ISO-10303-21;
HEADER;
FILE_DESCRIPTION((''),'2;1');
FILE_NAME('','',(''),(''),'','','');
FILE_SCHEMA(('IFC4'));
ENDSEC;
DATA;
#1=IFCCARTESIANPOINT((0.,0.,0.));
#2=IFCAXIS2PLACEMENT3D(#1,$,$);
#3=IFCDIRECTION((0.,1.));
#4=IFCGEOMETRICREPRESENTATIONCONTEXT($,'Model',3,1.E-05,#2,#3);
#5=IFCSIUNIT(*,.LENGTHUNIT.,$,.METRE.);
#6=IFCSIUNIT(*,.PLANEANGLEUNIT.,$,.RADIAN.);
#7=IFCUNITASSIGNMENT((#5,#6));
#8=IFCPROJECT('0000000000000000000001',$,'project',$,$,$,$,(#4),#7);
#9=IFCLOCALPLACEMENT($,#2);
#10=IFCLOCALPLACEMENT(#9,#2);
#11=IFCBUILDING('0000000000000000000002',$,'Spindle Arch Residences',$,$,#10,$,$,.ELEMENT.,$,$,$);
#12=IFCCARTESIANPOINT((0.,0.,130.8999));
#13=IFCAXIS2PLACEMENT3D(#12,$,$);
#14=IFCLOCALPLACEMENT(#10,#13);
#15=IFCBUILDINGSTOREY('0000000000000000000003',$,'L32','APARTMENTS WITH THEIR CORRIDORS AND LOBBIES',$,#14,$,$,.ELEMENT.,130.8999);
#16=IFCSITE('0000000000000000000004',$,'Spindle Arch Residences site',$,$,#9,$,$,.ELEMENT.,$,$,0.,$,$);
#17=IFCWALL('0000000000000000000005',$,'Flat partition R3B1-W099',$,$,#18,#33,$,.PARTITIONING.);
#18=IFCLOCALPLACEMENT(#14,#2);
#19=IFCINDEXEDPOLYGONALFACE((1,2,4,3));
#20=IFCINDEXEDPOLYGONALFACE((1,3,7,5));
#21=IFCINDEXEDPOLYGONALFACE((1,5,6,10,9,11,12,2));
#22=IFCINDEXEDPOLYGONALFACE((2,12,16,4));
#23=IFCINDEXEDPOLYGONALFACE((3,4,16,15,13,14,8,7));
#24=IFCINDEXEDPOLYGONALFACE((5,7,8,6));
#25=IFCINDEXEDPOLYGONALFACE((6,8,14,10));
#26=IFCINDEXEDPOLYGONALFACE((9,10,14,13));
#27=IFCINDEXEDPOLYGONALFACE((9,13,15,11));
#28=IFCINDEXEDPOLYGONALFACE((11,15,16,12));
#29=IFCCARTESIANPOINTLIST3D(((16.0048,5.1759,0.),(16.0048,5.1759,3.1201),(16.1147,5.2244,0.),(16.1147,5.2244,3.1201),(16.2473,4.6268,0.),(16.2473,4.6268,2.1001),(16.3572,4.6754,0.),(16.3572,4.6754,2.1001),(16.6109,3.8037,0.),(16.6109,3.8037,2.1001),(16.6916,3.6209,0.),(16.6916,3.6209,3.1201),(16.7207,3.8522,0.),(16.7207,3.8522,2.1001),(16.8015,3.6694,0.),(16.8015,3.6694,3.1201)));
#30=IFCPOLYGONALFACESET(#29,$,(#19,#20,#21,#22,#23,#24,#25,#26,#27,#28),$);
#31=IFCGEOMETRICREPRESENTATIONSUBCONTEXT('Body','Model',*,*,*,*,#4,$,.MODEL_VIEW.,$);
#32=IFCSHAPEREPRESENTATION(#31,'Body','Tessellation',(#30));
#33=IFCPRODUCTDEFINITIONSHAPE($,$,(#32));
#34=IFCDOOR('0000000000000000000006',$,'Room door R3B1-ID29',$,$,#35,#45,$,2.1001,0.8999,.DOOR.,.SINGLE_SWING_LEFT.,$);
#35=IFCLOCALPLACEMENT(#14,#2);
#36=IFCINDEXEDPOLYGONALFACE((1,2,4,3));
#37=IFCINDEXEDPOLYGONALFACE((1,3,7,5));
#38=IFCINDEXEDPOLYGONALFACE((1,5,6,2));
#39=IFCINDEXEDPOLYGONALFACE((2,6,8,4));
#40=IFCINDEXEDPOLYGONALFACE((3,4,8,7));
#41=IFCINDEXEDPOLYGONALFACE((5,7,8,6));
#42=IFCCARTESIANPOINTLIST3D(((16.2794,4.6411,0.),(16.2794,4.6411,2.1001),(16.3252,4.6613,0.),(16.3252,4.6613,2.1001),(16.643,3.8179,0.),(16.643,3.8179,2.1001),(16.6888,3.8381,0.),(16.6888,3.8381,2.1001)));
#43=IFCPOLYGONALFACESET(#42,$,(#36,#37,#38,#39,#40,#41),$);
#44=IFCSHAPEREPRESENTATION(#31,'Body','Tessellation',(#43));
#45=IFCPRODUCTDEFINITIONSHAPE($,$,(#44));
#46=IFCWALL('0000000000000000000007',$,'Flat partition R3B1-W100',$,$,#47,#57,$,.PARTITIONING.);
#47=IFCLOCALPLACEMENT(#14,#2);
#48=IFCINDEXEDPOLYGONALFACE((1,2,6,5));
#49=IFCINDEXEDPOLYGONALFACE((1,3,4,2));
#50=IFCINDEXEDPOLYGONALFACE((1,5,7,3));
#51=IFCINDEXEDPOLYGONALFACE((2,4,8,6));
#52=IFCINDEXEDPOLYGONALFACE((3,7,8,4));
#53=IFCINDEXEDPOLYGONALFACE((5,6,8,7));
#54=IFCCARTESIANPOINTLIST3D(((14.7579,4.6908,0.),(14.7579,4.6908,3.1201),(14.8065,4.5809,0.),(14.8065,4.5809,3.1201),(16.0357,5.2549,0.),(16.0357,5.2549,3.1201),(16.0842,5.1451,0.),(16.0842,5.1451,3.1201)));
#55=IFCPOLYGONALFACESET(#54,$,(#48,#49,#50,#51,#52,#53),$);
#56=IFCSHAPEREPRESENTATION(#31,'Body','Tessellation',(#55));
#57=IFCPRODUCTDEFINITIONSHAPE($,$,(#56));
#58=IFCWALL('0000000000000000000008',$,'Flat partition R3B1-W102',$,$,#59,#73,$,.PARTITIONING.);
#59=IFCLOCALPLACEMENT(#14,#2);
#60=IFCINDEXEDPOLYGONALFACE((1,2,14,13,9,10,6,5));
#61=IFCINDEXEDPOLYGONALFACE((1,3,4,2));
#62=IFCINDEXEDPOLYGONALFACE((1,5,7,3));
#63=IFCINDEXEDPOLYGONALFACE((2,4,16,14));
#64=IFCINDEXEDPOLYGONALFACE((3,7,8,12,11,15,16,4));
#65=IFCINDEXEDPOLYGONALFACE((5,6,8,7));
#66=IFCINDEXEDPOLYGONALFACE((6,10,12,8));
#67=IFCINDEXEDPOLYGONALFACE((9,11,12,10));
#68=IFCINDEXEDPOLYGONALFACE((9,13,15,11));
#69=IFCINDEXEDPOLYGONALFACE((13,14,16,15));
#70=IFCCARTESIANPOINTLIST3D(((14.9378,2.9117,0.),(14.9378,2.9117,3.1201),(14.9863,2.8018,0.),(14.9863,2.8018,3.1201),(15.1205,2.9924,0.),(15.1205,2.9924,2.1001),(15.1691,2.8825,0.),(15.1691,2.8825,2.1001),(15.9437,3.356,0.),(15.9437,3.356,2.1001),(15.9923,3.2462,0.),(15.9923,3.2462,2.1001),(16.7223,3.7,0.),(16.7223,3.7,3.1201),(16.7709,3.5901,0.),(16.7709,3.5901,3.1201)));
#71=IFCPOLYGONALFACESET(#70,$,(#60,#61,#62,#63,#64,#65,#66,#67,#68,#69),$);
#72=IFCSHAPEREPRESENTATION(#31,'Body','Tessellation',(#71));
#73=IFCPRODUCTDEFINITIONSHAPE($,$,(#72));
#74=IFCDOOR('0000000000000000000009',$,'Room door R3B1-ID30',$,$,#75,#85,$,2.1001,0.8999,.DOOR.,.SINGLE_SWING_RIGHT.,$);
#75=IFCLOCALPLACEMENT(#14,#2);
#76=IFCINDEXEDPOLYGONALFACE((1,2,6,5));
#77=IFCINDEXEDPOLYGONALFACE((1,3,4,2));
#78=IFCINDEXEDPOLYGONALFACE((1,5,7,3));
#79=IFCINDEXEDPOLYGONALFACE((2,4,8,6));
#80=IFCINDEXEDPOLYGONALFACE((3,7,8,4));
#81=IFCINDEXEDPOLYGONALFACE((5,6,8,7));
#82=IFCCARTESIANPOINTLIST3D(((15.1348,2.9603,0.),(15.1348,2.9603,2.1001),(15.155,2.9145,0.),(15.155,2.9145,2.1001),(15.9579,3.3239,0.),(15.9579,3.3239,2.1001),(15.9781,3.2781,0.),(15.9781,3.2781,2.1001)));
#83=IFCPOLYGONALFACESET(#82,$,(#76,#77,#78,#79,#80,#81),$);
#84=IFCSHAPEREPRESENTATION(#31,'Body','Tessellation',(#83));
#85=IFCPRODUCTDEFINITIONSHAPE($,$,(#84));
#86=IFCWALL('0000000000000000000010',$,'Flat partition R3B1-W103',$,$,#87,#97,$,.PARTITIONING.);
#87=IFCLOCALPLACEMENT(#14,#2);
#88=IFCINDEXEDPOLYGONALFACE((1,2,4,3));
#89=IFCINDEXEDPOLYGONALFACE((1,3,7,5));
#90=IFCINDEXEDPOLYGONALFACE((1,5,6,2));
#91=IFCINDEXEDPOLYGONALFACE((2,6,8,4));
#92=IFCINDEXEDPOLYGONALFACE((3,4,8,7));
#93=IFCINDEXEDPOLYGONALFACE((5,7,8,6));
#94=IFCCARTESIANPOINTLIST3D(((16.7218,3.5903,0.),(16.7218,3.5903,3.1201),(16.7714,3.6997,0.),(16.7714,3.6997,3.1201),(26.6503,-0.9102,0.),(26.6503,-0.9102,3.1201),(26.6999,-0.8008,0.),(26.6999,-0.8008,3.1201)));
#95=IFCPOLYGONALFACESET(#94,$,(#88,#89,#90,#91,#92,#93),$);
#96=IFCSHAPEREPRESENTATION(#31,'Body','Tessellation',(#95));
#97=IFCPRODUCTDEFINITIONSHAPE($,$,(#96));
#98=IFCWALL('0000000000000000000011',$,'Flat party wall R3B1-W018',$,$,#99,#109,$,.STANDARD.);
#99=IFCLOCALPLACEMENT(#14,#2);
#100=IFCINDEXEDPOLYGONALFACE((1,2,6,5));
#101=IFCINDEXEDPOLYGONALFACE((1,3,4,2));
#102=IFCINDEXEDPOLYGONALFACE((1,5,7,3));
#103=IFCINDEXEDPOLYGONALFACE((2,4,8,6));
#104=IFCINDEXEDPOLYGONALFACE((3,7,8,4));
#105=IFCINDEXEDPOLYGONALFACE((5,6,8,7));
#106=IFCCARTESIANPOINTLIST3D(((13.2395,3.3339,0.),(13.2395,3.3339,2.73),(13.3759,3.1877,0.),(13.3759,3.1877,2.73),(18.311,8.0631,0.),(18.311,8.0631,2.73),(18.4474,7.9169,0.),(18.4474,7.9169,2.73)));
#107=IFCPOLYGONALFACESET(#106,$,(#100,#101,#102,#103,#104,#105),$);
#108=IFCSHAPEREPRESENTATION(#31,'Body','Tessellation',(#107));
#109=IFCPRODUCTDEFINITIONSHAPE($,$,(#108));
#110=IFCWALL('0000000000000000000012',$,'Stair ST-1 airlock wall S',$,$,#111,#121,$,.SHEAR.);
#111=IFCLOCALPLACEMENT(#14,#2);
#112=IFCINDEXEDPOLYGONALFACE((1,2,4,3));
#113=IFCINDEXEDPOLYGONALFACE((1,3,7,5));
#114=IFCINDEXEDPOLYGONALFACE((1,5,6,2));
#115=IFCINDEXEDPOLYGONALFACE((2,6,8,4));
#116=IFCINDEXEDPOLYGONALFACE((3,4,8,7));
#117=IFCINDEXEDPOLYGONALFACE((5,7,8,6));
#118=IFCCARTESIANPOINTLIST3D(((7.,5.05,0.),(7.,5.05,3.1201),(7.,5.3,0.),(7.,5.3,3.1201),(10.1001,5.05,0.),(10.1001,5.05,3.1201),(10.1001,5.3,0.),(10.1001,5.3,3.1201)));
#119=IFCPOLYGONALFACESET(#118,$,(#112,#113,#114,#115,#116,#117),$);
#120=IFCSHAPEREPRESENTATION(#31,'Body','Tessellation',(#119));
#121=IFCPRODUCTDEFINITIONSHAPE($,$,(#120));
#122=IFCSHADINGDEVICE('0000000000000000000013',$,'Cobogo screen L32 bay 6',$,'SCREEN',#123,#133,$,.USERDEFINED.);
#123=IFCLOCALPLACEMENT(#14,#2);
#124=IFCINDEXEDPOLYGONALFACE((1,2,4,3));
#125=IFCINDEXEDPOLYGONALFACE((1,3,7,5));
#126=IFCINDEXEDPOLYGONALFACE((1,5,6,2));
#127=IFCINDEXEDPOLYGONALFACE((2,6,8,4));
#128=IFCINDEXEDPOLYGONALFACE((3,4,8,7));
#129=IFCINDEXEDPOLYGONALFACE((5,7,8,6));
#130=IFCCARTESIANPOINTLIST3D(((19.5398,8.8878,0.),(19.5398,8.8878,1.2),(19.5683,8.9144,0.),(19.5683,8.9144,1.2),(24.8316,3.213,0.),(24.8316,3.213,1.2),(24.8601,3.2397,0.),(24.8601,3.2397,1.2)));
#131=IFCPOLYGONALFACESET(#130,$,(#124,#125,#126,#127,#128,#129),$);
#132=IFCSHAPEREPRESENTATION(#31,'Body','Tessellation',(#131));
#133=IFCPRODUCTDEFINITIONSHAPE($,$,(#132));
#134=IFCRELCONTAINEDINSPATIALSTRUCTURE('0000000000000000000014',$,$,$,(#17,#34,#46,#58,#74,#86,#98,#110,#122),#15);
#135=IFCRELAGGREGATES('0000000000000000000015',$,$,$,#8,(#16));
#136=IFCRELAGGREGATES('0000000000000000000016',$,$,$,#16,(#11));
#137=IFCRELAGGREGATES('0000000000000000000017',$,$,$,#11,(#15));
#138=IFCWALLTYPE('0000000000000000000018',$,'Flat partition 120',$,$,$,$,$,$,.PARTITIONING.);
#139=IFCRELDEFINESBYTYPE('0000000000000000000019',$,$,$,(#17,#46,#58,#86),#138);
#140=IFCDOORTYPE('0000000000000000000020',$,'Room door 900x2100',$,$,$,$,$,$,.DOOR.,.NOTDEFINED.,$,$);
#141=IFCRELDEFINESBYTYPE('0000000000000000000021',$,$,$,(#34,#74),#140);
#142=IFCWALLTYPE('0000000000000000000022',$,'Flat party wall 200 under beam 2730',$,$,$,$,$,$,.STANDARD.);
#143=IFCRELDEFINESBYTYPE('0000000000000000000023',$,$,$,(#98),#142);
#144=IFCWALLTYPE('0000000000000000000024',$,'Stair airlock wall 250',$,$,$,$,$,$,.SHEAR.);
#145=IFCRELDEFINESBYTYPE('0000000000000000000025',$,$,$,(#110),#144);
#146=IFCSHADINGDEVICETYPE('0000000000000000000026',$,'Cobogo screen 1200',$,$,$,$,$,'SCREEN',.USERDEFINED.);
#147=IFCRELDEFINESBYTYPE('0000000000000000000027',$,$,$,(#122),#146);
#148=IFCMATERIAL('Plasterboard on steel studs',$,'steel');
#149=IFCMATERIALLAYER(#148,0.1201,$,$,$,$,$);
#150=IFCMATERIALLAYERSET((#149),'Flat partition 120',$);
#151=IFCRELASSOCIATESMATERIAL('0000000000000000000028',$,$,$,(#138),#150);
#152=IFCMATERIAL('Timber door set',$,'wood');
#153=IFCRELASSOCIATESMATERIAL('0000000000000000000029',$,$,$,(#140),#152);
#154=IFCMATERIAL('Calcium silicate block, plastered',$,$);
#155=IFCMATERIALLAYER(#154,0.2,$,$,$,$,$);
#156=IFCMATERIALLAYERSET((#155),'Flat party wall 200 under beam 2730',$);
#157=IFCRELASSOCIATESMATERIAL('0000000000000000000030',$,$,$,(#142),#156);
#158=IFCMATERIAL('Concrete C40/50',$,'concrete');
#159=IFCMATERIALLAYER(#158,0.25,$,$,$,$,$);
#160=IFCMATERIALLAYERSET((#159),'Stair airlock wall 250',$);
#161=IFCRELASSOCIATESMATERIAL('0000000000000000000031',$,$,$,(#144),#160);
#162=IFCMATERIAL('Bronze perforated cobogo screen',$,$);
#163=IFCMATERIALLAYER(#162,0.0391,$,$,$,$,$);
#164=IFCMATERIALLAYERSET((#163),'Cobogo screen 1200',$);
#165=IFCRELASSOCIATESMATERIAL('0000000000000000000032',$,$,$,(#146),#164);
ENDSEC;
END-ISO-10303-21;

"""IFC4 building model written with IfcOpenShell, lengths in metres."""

from ifc_helpers import new_model, si_unit, direction, frame, frame_2d, origin, origin_2d, place, context, subcontext, project, spatial, rectangle, extrude, material, layer, layer_set, type_object, element, fill, save


model = new_model("IFC4")

# Units and contexts
model_context = context("Model", 3, precision=1e-05, world=origin(), true_north=direction((0.0, 1.0)))
body_context = subcontext(model_context, "Body", "Model", "MODEL_VIEW")
ifc_project = project(units=[si_unit("LENGTHUNIT", "METRE"), si_unit("PLANEANGLEUNIT", "RADIAN")], contexts=[model_context])

# Site, building, storey
site_placement = place(None, origin())
site = spatial("IfcSite", under=ifc_project, at=site_placement, Name="Spindle Arch Residences site", CompositionType="ELEMENT", RefElevation=0.0)
building_placement = place(site_placement, origin())
building = spatial("IfcBuilding", under=site, at=building_placement, Name="Spindle Arch Residences", CompositionType="ELEMENT")
storey_placement = place(building_placement, frame((0.0, 0.0, 130.8999)))
storey = spatial("IfcBuildingStorey", under=building, at=storey_placement, Name="L32", Description="APARTMENTS WITH THEIR CORRIDORS AND LOBBIES", CompositionType="ELEMENT", Elevation=130.8999)

# Shared definitions
ifc_material_1 = material(Name="Plasterboard on steel studs", Category="steel")
ifc_layer_1 = layer(ifc_material_1, 0.1201)
ifc_layer_set_1 = layer_set([ifc_layer_1], Name="Flat partition 120")
wall_type_1 = type_object("IfcWallType", Name="Flat partition 120", PredefinedType="PARTITIONING", material=ifc_layer_set_1)
ifc_material_2 = material(Name="Timber door set", Category="wood")
door_type_1 = type_object("IfcDoorType", Name="Room door 900x2100", OperationType="NOTDEFINED", PredefinedType="DOOR", material=ifc_material_2)

# Wall, opening, door
wall_1_placement = place(storey_placement, frame((16.7466, 3.645, 0.0), z_axis=(0.0, 0.0, 1.0), x_axis=(-0.404019, 0.914751, 0.0)))
wall_1 = element("IfcWall", 1, at=wall_1_placement, inside=storey, type_object=wall_type_1, Name="Flat partition R3B1-W099", PredefinedType="PARTITIONING", context=body_context, shape_type="SweptSolid", body=[
    extrude(rectangle(XDim=1.7, YDim=0.1201, at=frame_2d((0.8501, 0.0))), origin(), (0.0, 0.0, 1.0), 3.1201),
])
opening_1_placement = place(wall_1_placement, frame((0.2, 0.0, 0.0)))
opening_1 = element("IfcOpeningElement", 2, at=opening_1_placement, cuts=wall_1, PredefinedType="OPENING", context=body_context, shape_type="SweptSolid", body=[
    extrude(rectangle(XDim=0.8999, YDim=2.1001, at=frame_2d((0.45, 1.05))), frame((0.0, 0.0701, 0.0), z_axis=(0.0, -1.0, 0.0), x_axis=(1.0, 0.0, 0.0)), (0.0, 0.0, 1.0), 0.1401),
])
door_1_placement = place(opening_1_placement, origin())
door_1 = element("IfcDoor", 3, at=door_1_placement, inside=storey, type_object=door_type_1, Name="Room door R3B1-ID29", OperationType="SINGLE_SWING_LEFT", OverallHeight=2.1001, OverallWidth=0.8999, PredefinedType="DOOR", context=body_context, shape_type="SweptSolid", body=[
    extrude(rectangle(XDim=0.8999, YDim=2.1001, at=frame_2d((0.45, 1.05))), frame((0.0, 0.0249, 0.0), z_axis=(0.0, -1.0, 0.0), x_axis=(1.0, 0.0, 0.0)), (0.0, 0.0, 1.0), 0.05),
])
fill(opening_1, door_1)

# Wall
wall_2_placement = place(storey_placement, frame((16.0598, 5.2, 0.0), z_axis=(0.0, 0.0, 1.0), x_axis=(-0.914796, -0.403916, 0.0)))
element("IfcWall", 4, at=wall_2_placement, inside=storey, type_object=wall_type_1, Name="Flat partition R3B1-W100", PredefinedType="PARTITIONING", context=body_context, shape_type="SweptSolid", body=[
    extrude(rectangle(XDim=1.3967, YDim=0.1201, at=frame_2d((0.6982, 0.0))), origin(), (0.0, 0.0, 1.0), 3.1201),
])

# Wall, opening, door
wall_3_placement = place(storey_placement, frame((14.9619, 2.8567, 0.0), z_axis=(0.0, 0.0, 1.0), x_axis=(0.914733, 0.404059, 0.0)))
wall_3 = element("IfcWall", 5, at=wall_3_placement, inside=storey, type_object=wall_type_1, Name="Flat partition R3B1-W102", PredefinedType="PARTITIONING", context=body_context, shape_type="SweptSolid", body=[
    extrude(rectangle(XDim=1.9509, YDim=0.1201, at=frame_2d((0.9756, 0.0))), origin(), (0.0, 0.0, 1.0), 3.1201),
])
opening_2_placement = place(wall_3_placement, frame((0.2, 0.0, 0.0)))
opening_2 = element("IfcOpeningElement", 6, at=opening_2_placement, cuts=wall_3, PredefinedType="OPENING", context=body_context, shape_type="SweptSolid", body=[
    extrude(rectangle(XDim=0.8999, YDim=2.1001, at=frame_2d((0.45, 1.05))), frame((0.0, 0.0701, 0.0), z_axis=(0.0, -1.0, 0.0), x_axis=(1.0, 0.0, 0.0)), (0.0, 0.0, 1.0), 0.1401),
])
door_2_placement = place(opening_2_placement, origin())
door_2 = element("IfcDoor", 7, at=door_2_placement, inside=storey, type_object=door_type_1, Name="Room door R3B1-ID30", OperationType="SINGLE_SWING_RIGHT", OverallHeight=2.1001, OverallWidth=0.8999, PredefinedType="DOOR", context=body_context, shape_type="SweptSolid", body=[
    extrude(rectangle(XDim=0.8999, YDim=2.1001, at=frame_2d((0.45, 1.05))), frame((0.0, 0.0249, 0.0), z_axis=(0.0, -1.0, 0.0), x_axis=(1.0, 0.0, 0.0)), (0.0, 0.0, 1.0), 0.05),
])
fill(opening_2, door_2)

# Walls
wall_4_placement = place(storey_placement, frame((16.7466, 3.645, 0.0), z_axis=(0.0, 0.0, 1.0), x_axis=(0.910796, -0.412856, 0.0)))
element("IfcWall", 8, at=wall_4_placement, inside=storey, type_object=wall_type_1, Name="Flat partition R3B1-W103", PredefinedType="PARTITIONING", context=body_context, shape_type="SweptSolid", body=[
    extrude(rectangle(XDim=10.9009, YDim=0.1201, at=frame_2d((5.4504, 0.0))), origin(), (0.0, 0.0, 1.0), 3.1201),
])
ifc_material_3 = material(Name="Calcium silicate block, plastered")
ifc_layer_2 = layer(ifc_material_3, 0.2)
ifc_layer_set_2 = layer_set([ifc_layer_2], Name="Flat party wall 200 under beam 2730")
wall_type_2 = type_object("IfcWallType", Name="Flat party wall 200 under beam 2730", PredefinedType="STANDARD", material=ifc_layer_set_2)
wall_5_placement = place(storey_placement, frame((13.3076, 3.2607, 0.0), z_axis=(0.0, 0.0, 1.0), x_axis=(0.731356, 0.681996, 0.0)))
element("IfcWall", 9, at=wall_5_placement, inside=storey, type_object=wall_type_2, Name="Flat party wall R3B1-W018", PredefinedType="STANDARD", context=body_context, shape_type="SweptSolid", body=[
    extrude(rectangle(XDim=6.9343, YDim=0.2, at=frame_2d((3.4673, 0.0))), origin(), (0.0, 0.0, 1.0), 2.73),
])

# Wall
ifc_material_4 = material(Name="Concrete C40/50", Category="concrete")
ifc_layer_3 = layer(ifc_material_4, 0.25)
ifc_layer_set_3 = layer_set([ifc_layer_3], Name="Stair airlock wall 250")
wall_type_3 = type_object("IfcWallType", Name="Stair airlock wall 250", PredefinedType="SHEAR", material=ifc_layer_set_3)
wall_6_placement = place(storey_placement, frame((7.0, 5.175, 0.0), z_axis=(0.0, 0.0, 1.0), x_axis=(1.0, 0.0, 0.0)))
element("IfcWall", 10, at=wall_6_placement, inside=storey, type_object=wall_type_3, Name="Stair ST-1 airlock wall S", PredefinedType="SHEAR", context=body_context, shape_type="SweptSolid", body=[
    extrude(rectangle(XDim=3.1001, YDim=0.25, at=frame_2d((1.55, 0.0))), origin(), (0.0, 0.0, 1.0), 3.1201),
])

# Shading device
ifc_material_5 = material(Name="Bronze perforated cobogo screen")
ifc_layer_4 = layer(ifc_material_5, 0.0391)
ifc_layer_set_4 = layer_set([ifc_layer_4], Name="Cobogo screen 1200")
shading_device_type = type_object("IfcShadingDeviceType", Name="Cobogo screen 1200", ElementType="SCREEN", PredefinedType="USERDEFINED", material=ifc_layer_set_4)
shading_device_placement = place(storey_placement, frame((22.2, 6.0637, 0.0), z_axis=(0.0, 0.0, 1.0), x_axis=(-0.681998, 0.731354, 0.0)))
element("IfcShadingDevice", 11, at=shading_device_placement, inside=storey, type_object=shading_device_type, Name="Cobogo screen L32 bay 6", ObjectType="SCREEN", PredefinedType="USERDEFINED", context=body_context, shape_type="SweptSolid", body=[
    extrude(rectangle(XDim=7.7593, YDim=0.0391, at=origin_2d()), origin(), (0.0, 0.0, 1.0), 1.2),
])

save(model, "model.ifc")
